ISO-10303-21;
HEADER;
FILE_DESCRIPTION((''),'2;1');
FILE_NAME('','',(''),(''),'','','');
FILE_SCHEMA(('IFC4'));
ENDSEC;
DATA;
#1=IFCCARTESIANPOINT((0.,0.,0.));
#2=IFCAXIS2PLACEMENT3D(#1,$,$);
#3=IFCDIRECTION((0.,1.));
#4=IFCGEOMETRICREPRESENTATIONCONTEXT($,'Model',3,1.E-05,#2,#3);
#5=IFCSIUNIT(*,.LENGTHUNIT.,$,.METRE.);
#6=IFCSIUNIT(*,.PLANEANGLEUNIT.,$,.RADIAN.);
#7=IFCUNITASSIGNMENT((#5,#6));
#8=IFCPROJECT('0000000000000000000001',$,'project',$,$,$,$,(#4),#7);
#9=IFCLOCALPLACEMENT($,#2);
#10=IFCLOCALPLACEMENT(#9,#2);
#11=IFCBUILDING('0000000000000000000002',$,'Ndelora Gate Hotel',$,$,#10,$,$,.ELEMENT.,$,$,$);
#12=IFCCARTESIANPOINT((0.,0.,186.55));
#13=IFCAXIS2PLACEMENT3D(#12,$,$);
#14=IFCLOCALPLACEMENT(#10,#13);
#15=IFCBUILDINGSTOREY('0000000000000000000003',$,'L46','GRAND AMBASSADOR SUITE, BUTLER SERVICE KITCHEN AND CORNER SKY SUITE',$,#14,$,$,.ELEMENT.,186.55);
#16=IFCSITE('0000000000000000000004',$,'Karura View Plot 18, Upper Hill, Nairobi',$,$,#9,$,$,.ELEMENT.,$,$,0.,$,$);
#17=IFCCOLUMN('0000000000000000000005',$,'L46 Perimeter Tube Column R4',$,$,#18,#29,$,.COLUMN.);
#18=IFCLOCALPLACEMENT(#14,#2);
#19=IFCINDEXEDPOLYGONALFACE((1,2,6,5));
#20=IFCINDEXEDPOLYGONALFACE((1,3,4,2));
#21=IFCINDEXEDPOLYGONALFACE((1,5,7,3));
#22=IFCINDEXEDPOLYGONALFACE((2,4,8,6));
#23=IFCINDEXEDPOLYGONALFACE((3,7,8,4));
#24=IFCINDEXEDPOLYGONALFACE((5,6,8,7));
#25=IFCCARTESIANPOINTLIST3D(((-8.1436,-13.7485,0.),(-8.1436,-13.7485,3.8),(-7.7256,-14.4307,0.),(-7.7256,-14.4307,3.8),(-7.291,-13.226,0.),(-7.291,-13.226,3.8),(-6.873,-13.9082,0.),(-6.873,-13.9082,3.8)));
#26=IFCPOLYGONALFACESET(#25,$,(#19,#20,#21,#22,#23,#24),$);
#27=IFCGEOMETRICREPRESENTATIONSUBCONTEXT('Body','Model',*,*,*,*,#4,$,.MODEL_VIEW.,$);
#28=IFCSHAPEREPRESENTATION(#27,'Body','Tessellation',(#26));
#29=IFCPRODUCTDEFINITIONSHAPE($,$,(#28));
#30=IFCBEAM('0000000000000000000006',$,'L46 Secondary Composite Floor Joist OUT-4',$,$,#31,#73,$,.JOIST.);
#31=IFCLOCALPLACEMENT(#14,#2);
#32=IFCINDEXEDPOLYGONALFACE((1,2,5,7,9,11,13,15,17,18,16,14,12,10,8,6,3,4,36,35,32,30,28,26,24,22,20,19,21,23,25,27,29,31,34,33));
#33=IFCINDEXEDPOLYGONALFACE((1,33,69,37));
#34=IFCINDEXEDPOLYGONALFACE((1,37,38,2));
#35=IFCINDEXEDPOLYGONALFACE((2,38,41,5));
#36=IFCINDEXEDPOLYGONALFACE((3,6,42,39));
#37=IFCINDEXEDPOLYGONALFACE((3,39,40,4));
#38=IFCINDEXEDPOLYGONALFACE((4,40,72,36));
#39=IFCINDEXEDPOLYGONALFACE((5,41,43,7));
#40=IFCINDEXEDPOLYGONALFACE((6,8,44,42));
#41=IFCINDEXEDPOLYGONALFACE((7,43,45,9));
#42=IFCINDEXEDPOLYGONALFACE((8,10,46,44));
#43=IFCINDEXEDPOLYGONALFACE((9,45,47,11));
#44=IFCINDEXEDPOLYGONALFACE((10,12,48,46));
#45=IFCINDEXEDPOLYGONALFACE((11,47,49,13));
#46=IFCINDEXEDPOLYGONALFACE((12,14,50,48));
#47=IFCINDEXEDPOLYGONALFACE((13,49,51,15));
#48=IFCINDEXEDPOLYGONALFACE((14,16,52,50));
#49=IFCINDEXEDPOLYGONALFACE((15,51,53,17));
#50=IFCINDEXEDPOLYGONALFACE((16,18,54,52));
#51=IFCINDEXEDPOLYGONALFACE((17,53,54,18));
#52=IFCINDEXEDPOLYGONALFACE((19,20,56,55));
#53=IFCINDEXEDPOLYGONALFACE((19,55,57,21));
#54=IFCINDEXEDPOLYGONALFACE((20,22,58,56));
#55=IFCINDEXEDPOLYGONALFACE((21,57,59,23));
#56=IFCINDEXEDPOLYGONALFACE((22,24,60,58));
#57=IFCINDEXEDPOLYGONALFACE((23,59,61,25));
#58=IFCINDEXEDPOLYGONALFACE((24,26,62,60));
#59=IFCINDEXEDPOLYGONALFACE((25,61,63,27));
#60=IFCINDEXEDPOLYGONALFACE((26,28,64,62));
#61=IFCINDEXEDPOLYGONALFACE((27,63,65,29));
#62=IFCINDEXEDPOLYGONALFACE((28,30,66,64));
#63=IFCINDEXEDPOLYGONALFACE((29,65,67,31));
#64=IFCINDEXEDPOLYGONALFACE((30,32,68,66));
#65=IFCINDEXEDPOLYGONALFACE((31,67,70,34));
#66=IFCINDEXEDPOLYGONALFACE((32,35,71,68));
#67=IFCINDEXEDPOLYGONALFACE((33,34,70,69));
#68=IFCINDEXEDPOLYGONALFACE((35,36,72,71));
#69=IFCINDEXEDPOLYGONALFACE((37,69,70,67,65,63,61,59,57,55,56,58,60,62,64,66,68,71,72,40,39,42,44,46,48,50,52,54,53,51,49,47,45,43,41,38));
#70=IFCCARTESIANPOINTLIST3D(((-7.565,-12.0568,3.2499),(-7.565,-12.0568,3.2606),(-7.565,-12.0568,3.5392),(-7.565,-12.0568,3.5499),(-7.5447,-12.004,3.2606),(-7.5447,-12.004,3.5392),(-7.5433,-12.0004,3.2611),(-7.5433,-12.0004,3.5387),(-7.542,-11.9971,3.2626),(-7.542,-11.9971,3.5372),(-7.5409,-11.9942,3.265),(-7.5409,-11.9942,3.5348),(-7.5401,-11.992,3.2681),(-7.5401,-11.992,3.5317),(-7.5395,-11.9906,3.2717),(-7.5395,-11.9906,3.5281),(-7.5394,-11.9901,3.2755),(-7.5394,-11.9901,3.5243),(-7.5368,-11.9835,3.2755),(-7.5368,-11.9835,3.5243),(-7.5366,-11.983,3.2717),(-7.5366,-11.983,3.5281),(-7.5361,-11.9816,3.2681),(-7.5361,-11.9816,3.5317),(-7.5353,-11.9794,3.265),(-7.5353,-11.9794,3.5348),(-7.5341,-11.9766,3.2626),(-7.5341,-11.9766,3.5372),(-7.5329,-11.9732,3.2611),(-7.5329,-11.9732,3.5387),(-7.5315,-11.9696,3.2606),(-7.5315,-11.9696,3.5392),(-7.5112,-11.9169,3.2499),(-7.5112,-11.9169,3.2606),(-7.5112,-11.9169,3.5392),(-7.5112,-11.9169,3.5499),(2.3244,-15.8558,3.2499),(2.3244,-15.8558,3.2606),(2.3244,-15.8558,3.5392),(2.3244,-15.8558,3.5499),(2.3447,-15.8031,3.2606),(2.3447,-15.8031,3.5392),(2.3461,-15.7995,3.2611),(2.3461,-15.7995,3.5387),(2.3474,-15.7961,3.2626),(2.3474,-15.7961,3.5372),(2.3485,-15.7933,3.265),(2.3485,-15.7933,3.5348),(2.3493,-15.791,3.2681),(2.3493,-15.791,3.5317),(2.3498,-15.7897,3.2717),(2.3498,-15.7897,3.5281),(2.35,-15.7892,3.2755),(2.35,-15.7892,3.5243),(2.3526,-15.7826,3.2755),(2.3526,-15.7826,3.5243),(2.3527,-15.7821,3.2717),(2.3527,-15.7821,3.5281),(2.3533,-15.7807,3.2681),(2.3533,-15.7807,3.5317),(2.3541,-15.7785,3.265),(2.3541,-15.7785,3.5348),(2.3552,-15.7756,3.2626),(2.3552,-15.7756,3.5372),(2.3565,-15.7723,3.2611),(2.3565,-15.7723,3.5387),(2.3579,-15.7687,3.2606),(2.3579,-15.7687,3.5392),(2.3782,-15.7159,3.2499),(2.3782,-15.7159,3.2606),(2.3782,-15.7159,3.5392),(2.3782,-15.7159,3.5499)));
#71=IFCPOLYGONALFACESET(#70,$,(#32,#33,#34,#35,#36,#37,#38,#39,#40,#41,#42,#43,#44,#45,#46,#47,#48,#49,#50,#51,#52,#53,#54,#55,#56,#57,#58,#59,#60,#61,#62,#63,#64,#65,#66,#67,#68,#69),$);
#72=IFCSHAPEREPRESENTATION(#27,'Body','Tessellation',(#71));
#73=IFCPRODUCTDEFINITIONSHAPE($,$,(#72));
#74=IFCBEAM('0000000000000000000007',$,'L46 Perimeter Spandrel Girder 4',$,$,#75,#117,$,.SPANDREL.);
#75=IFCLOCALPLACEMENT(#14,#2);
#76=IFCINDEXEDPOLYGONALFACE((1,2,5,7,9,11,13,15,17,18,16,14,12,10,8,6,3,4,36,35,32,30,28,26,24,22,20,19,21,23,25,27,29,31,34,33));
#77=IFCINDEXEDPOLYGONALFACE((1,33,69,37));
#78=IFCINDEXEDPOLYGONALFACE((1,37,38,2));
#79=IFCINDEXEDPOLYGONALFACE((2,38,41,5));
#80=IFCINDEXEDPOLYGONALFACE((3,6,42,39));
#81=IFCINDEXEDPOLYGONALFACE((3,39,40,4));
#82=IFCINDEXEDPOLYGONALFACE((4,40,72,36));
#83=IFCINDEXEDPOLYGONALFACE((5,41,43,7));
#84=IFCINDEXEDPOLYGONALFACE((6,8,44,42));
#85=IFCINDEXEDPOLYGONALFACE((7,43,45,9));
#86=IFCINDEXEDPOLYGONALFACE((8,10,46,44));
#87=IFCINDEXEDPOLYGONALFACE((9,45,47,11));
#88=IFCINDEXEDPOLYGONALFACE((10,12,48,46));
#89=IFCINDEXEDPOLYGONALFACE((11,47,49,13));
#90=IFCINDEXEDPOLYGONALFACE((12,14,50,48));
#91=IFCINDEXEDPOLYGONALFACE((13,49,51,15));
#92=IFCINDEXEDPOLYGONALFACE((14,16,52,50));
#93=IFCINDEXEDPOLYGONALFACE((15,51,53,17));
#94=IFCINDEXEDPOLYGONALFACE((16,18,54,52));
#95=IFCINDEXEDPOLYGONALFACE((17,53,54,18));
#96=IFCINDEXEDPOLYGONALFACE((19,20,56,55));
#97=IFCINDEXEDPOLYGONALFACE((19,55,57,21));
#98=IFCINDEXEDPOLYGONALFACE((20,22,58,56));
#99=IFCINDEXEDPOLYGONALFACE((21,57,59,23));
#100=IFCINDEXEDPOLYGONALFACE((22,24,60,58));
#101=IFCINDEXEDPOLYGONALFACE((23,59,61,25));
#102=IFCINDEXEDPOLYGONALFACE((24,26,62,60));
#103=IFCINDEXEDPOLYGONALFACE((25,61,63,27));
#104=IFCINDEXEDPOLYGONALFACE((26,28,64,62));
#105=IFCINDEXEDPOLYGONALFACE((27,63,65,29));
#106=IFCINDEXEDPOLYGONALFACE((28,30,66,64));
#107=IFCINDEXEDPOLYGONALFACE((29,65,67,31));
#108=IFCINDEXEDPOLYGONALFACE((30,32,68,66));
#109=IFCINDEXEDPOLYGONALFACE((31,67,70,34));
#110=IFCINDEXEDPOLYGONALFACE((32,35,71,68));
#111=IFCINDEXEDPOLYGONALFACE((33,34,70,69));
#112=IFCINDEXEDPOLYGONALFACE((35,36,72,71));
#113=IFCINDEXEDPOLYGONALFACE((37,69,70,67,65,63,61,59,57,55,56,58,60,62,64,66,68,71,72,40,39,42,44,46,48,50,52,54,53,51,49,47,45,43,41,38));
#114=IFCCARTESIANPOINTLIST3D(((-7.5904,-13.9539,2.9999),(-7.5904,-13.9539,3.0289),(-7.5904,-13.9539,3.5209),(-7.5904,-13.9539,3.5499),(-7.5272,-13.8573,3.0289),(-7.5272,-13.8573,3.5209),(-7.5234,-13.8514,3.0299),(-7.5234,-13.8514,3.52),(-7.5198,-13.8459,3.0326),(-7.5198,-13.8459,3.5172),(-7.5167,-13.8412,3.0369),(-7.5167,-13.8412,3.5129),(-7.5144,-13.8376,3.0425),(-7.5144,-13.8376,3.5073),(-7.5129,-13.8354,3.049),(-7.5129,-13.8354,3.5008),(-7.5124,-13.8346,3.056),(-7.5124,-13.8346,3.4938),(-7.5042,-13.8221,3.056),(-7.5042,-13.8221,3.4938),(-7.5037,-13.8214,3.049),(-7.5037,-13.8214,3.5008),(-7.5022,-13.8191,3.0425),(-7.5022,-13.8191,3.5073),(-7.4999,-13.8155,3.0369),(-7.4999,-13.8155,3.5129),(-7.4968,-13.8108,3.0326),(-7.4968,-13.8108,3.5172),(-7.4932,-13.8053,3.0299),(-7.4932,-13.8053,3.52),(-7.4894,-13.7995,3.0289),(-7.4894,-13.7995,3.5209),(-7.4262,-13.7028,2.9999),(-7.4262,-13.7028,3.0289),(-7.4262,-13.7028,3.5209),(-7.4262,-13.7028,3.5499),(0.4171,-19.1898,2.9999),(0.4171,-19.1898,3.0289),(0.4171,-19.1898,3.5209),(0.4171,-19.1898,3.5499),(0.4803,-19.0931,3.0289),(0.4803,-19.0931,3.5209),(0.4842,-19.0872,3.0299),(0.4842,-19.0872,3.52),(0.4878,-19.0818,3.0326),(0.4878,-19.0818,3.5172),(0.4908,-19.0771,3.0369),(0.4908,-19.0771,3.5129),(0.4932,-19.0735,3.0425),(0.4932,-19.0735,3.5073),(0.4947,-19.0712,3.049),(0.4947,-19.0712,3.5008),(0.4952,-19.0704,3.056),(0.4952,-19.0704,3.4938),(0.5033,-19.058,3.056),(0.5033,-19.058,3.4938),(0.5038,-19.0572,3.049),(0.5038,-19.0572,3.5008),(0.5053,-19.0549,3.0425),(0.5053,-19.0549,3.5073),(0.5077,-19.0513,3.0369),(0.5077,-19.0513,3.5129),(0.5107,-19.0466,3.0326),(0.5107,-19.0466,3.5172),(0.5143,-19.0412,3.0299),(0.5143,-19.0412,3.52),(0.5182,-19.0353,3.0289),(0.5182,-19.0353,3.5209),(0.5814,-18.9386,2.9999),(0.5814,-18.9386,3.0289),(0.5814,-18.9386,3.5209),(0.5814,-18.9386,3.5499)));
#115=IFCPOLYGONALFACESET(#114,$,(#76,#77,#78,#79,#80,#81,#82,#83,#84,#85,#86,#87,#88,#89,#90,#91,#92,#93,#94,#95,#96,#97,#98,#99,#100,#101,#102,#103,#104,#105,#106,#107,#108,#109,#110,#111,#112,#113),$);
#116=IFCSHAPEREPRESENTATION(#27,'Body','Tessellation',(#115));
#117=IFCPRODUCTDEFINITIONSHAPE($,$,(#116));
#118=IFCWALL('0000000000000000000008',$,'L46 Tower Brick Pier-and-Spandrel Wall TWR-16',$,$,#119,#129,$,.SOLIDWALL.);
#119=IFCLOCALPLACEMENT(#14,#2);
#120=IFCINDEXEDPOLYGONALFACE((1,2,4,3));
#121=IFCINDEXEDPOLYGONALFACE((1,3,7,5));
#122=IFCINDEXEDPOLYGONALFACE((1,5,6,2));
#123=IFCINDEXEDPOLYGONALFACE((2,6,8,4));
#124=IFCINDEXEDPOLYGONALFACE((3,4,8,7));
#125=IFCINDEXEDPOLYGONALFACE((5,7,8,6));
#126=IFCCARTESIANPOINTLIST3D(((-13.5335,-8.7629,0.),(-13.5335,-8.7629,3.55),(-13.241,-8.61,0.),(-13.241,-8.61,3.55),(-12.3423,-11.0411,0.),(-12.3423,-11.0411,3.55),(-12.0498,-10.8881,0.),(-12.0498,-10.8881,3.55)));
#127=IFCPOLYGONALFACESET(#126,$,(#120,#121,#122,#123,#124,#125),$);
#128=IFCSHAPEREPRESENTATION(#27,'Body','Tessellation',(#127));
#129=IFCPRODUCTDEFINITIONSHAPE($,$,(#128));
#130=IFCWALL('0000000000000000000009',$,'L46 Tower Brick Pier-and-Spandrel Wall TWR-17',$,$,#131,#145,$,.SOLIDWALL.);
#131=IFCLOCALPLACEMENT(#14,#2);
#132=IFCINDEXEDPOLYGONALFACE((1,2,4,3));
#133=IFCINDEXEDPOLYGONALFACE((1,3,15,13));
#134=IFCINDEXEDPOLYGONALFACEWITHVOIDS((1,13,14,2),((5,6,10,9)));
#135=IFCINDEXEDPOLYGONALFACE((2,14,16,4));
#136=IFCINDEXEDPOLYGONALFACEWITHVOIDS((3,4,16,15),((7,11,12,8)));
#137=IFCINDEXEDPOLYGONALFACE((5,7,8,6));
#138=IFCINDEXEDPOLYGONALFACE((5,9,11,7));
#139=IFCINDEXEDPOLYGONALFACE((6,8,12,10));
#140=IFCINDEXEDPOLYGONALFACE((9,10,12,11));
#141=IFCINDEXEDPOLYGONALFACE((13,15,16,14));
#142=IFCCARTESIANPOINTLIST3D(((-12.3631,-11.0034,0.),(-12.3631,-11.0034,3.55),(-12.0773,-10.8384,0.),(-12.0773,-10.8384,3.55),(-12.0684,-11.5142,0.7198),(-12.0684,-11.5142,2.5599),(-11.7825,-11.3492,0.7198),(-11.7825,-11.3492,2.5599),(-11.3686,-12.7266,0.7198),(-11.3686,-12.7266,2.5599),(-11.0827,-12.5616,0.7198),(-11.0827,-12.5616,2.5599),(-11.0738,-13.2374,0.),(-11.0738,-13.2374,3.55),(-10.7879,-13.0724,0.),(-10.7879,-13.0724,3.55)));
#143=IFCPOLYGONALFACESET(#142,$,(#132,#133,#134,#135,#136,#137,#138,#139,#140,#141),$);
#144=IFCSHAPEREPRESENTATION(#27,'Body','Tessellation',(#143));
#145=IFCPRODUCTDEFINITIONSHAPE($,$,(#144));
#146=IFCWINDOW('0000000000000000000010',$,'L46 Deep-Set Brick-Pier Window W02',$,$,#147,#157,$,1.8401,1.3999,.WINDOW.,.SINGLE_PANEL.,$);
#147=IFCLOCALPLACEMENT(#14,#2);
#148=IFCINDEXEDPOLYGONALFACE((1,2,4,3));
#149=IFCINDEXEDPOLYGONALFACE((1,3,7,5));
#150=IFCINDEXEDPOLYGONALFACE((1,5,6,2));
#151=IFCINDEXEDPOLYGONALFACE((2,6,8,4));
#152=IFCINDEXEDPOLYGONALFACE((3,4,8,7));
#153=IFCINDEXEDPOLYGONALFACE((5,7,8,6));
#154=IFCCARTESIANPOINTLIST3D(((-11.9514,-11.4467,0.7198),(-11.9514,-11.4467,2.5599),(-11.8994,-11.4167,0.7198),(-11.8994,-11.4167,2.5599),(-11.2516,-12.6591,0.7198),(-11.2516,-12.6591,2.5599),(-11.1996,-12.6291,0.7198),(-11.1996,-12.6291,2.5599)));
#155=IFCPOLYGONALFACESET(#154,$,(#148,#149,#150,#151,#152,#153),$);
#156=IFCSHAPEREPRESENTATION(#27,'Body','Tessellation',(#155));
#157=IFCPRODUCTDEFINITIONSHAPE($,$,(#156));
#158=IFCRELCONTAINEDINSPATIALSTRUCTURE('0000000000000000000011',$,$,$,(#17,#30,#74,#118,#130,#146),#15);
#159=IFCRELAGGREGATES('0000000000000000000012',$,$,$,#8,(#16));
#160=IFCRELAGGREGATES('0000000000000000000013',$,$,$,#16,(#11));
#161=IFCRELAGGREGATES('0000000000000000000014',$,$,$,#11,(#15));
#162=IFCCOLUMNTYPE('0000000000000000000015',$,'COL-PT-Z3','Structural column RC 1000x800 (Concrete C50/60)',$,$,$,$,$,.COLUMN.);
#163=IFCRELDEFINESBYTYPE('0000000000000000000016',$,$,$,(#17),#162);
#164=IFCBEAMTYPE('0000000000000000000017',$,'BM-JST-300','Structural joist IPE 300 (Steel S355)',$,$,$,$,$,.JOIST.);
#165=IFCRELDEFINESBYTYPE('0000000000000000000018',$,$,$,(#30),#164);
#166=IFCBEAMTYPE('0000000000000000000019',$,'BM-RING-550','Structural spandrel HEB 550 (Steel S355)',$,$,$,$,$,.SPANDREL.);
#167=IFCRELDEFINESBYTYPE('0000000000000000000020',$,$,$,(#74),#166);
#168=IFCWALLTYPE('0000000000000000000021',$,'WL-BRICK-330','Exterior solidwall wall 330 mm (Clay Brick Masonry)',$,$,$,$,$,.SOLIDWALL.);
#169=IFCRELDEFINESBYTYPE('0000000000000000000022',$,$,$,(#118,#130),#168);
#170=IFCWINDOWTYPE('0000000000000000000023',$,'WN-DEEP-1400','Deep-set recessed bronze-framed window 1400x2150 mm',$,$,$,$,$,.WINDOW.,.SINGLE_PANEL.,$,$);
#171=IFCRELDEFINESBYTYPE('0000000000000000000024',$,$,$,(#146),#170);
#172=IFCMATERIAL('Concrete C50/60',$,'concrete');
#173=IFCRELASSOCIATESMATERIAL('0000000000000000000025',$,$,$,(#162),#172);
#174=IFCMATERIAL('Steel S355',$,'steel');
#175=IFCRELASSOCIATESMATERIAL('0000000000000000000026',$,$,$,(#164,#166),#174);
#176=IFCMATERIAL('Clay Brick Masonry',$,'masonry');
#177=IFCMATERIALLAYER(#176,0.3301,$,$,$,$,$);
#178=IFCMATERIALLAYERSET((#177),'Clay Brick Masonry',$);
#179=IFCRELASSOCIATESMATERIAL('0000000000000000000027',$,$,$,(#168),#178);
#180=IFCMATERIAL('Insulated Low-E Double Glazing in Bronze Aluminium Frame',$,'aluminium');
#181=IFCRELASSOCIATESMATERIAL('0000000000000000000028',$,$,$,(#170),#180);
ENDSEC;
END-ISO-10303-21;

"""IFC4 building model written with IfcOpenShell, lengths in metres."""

from ifc_helpers import new_model, si_unit, direction, frame, frame_2d, origin, origin_2d, place, context, subcontext, project, spatial, rectangle, i_section, extrude, material, layer, layer_set, material_profile, profile_set, type_object, element, fill, save


model = new_model("IFC4")

# Units and contexts
model_context = context("Model", 3, precision=1e-05, world=origin(), true_north=direction((0.0, 1.0)))
body_context = subcontext(model_context, "Body", "Model", "MODEL_VIEW")
ifc_project = project(units=[si_unit("LENGTHUNIT", "METRE"), si_unit("PLANEANGLEUNIT", "RADIAN")], contexts=[model_context])

# Site, building, storey
site_placement = place(None, origin())
site = spatial("IfcSite", under=ifc_project, at=site_placement, Name="Karura View Plot 18, Upper Hill, Nairobi", CompositionType="ELEMENT", RefElevation=0.0)
building_placement = place(site_placement, origin())
building = spatial("IfcBuilding", under=site, at=building_placement, Name="Ndelora Gate Hotel", CompositionType="ELEMENT")
storey_placement = place(building_placement, frame((0.0, 0.0, 186.55)))
storey = spatial("IfcBuildingStorey", under=building, at=storey_placement, Name="L46", Description="GRAND AMBASSADOR SUITE, BUTLER SERVICE KITCHEN AND CORNER SKY SUITE", CompositionType="ELEMENT", Elevation=186.55)

# Column
ifc_material_1 = material(Name="Concrete C50/60", Category="concrete")
ifc_material_profile_1 = material_profile(ifc_material_1, rectangle(XDim=0.8, YDim=1.0, at=origin_2d()), Name="RC 1000x800")
ifc_profile_set_1 = profile_set([ifc_material_profile_1], Name="Concrete C50/60")
column_type = type_object("IfcColumnType", Name="COL-PT-Z3", Description="Structural column RC 1000x800 (Concrete C50/60)", PredefinedType="COLUMN", material=ifc_profile_set_1)
column_placement = place(storey_placement, frame((-7.5083, -13.8284, 0.0), z_axis=(0.0, 0.0, 1.0), x_axis=(-0.522499, 0.85264, 0.0)))
element("IfcColumn", 1, at=column_placement, inside=storey, type_object=column_type, Name="L46 Perimeter Tube Column R4", PredefinedType="COLUMN", context=body_context, shape_type="SweptSolid", body=[
    extrude(rectangle(XDim=0.8, YDim=1.0, at=origin_2d()), origin(), (0.0, 0.0, 1.0), 3.8),
])

# Beams
ifc_material_2 = material(Name="Steel S355", Category="steel")
ifc_material_profile_2 = material_profile(ifc_material_2, i_section(OverallWidth=0.1499, OverallDepth=0.3, WebThickness=0.0071, FlangeThickness=0.0107, FilletRadius=0.0149, at=origin_2d()), Name="IPE 300")
ifc_profile_set_2 = profile_set([ifc_material_profile_2], Name="Steel S355")
beam_type_1 = type_object("IfcBeamType", Name="BM-JST-300", Description="Structural joist IPE 300 (Steel S355)", PredefinedType="JOIST", material=ifc_profile_set_2)
beam_1_placement = place(storey_placement, frame((-7.5381, -11.9868, 3.3999), z_axis=(0.933489, -0.358605, 0.0), x_axis=(0.358605, 0.933489, 0.0)))
element("IfcBeam", 2, at=beam_1_placement, inside=storey, type_object=beam_type_1, Name="L46 Secondary Composite Floor Joist OUT-4", PredefinedType="JOIST", context=body_context, shape_type="SweptSolid", body=[
    extrude(i_section(OverallWidth=0.1499, OverallDepth=0.3, WebThickness=0.0071, FlangeThickness=0.0107, FilletRadius=0.0149, at=origin_2d()), origin(), (0.0, 0.0, 1.0), 10.594),
])
ifc_material_profile_3 = material_profile(ifc_material_2, i_section(OverallWidth=0.3, OverallDepth=0.55, WebThickness=0.0149, FlangeThickness=0.0291, FilletRadius=0.0271, at=origin_2d()), Name="HEB 550")
ifc_profile_set_3 = profile_set([ifc_material_profile_3], Name="Steel S355")
beam_type_2 = type_object("IfcBeamType", Name="BM-RING-550", Description="Structural spandrel HEB 550 (Steel S355)", PredefinedType="SPANDREL", material=ifc_profile_set_3)
beam_2_placement = place(storey_placement, frame((-7.5083, -13.8284, 3.2749), z_axis=(0.836964, -0.547258, 0.0), x_axis=(0.547258, 0.836964, 0.0)))
element("IfcBeam", 3, at=beam_2_placement, inside=storey, type_object=beam_type_2, Name="L46 Perimeter Spandrel Girder 4", PredefinedType="SPANDREL", context=body_context, shape_type="SweptSolid", body=[
    extrude(i_section(OverallWidth=0.3, OverallDepth=0.55, WebThickness=0.0149, FlangeThickness=0.0291, FilletRadius=0.0271, at=origin_2d()), origin(), (0.0, 0.0, 1.0), 9.5674),
])

# Wall
ifc_material_3 = material(Name="Clay Brick Masonry", Category="masonry")
ifc_layer_1 = layer(ifc_material_3, 0.3301)
ifc_layer_set_1 = layer_set([ifc_layer_1], Name="Clay Brick Masonry")
wall_type_1 = type_object("IfcWallType", Name="WL-BRICK-330", Description="Exterior solidwall wall 330 mm (Clay Brick Masonry)", PredefinedType="SOLIDWALL", material=ifc_layer_set_1)
wall_1_placement = place(storey_placement, frame((-12.196, -10.9646, 0.0), z_axis=(0.0, 0.0, 1.0), x_axis=(-0.463361, 0.88617, 0.0)))
element("IfcWall", 4, at=wall_1_placement, inside=storey, type_object=wall_type_1, Name="L46 Tower Brick Pier-and-Spandrel Wall TWR-16", PredefinedType="SOLIDWALL", context=body_context, shape_type="SweptSolid", body=[
    extrude(rectangle(XDim=2.5708, YDim=0.3301, at=frame_2d((1.2854, 0.0))), origin(), (0.0, 0.0, 1.0), 3.55),
])

# Wall, opening, window
wall_2_placement = place(storey_placement, frame((-10.9309, -13.1548, 0.0), z_axis=(0.0, 0.0, 1.0), x_axis=(-0.499875, 0.866097, 0.0)))
wall_2 = element("IfcWall", 5, at=wall_2_placement, inside=storey, type_object=wall_type_1, Name="L46 Tower Brick Pier-and-Spandrel Wall TWR-17", PredefinedType="SOLIDWALL", context=body_context, shape_type="SweptSolid", body=[
    extrude(rectangle(XDim=2.5793, YDim=0.3301, at=frame_2d((1.2896, 0.0))), origin(), (0.0, 0.0, 1.0), 3.55),
])
opening_1_placement = place(wall_2_placement, frame((0.5896, 0.0, 0.72)))
opening_1 = element("IfcOpeningElement", 6, at=opening_1_placement, cuts=wall_2, PredefinedType="OPENING", context=body_context, shape_type="SweptSolid", body=[
    extrude(rectangle(XDim=1.3999, YDim=1.8401, at=frame_2d((0.7, 0.9199))), frame((0.0, 0.175, 0.0), z_axis=(0.0, -1.0, 0.0), x_axis=(1.0, 0.0, 0.0)), (0.0, 0.0, 1.0), 0.3501),
])
ifc_material_4 = material(Name="Insulated Low-E Double Glazing in Bronze Aluminium Frame", Category="aluminium")
window_type = type_object("IfcWindowType", Name="WN-DEEP-1400", Description="Deep-set recessed bronze-framed window 1400x2150 mm", PartitioningType="SINGLE_PANEL", PredefinedType="WINDOW", material=ifc_material_4)
window_1_placement = place(opening_1_placement, origin())
window_1 = element("IfcWindow", 7, at=window_1_placement, inside=storey, type_object=window_type, Name="L46 Deep-Set Brick-Pier Window W02", OverallHeight=1.8401, OverallWidth=1.3999, PartitioningType="SINGLE_PANEL", PredefinedType="WINDOW", context=body_context, shape_type="SweptSolid", body=[
    extrude(rectangle(XDim=1.3999, YDim=1.8401, at=frame_2d((0.7, 0.9199))), frame((0.0, 0.03, 0.0), z_axis=(0.0, -1.0, 0.0), x_axis=(1.0, 0.0, 0.0)), (0.0, 0.0, 1.0), 0.0601),
])
fill(opening_1, window_1)

save(model, "model.ifc")
